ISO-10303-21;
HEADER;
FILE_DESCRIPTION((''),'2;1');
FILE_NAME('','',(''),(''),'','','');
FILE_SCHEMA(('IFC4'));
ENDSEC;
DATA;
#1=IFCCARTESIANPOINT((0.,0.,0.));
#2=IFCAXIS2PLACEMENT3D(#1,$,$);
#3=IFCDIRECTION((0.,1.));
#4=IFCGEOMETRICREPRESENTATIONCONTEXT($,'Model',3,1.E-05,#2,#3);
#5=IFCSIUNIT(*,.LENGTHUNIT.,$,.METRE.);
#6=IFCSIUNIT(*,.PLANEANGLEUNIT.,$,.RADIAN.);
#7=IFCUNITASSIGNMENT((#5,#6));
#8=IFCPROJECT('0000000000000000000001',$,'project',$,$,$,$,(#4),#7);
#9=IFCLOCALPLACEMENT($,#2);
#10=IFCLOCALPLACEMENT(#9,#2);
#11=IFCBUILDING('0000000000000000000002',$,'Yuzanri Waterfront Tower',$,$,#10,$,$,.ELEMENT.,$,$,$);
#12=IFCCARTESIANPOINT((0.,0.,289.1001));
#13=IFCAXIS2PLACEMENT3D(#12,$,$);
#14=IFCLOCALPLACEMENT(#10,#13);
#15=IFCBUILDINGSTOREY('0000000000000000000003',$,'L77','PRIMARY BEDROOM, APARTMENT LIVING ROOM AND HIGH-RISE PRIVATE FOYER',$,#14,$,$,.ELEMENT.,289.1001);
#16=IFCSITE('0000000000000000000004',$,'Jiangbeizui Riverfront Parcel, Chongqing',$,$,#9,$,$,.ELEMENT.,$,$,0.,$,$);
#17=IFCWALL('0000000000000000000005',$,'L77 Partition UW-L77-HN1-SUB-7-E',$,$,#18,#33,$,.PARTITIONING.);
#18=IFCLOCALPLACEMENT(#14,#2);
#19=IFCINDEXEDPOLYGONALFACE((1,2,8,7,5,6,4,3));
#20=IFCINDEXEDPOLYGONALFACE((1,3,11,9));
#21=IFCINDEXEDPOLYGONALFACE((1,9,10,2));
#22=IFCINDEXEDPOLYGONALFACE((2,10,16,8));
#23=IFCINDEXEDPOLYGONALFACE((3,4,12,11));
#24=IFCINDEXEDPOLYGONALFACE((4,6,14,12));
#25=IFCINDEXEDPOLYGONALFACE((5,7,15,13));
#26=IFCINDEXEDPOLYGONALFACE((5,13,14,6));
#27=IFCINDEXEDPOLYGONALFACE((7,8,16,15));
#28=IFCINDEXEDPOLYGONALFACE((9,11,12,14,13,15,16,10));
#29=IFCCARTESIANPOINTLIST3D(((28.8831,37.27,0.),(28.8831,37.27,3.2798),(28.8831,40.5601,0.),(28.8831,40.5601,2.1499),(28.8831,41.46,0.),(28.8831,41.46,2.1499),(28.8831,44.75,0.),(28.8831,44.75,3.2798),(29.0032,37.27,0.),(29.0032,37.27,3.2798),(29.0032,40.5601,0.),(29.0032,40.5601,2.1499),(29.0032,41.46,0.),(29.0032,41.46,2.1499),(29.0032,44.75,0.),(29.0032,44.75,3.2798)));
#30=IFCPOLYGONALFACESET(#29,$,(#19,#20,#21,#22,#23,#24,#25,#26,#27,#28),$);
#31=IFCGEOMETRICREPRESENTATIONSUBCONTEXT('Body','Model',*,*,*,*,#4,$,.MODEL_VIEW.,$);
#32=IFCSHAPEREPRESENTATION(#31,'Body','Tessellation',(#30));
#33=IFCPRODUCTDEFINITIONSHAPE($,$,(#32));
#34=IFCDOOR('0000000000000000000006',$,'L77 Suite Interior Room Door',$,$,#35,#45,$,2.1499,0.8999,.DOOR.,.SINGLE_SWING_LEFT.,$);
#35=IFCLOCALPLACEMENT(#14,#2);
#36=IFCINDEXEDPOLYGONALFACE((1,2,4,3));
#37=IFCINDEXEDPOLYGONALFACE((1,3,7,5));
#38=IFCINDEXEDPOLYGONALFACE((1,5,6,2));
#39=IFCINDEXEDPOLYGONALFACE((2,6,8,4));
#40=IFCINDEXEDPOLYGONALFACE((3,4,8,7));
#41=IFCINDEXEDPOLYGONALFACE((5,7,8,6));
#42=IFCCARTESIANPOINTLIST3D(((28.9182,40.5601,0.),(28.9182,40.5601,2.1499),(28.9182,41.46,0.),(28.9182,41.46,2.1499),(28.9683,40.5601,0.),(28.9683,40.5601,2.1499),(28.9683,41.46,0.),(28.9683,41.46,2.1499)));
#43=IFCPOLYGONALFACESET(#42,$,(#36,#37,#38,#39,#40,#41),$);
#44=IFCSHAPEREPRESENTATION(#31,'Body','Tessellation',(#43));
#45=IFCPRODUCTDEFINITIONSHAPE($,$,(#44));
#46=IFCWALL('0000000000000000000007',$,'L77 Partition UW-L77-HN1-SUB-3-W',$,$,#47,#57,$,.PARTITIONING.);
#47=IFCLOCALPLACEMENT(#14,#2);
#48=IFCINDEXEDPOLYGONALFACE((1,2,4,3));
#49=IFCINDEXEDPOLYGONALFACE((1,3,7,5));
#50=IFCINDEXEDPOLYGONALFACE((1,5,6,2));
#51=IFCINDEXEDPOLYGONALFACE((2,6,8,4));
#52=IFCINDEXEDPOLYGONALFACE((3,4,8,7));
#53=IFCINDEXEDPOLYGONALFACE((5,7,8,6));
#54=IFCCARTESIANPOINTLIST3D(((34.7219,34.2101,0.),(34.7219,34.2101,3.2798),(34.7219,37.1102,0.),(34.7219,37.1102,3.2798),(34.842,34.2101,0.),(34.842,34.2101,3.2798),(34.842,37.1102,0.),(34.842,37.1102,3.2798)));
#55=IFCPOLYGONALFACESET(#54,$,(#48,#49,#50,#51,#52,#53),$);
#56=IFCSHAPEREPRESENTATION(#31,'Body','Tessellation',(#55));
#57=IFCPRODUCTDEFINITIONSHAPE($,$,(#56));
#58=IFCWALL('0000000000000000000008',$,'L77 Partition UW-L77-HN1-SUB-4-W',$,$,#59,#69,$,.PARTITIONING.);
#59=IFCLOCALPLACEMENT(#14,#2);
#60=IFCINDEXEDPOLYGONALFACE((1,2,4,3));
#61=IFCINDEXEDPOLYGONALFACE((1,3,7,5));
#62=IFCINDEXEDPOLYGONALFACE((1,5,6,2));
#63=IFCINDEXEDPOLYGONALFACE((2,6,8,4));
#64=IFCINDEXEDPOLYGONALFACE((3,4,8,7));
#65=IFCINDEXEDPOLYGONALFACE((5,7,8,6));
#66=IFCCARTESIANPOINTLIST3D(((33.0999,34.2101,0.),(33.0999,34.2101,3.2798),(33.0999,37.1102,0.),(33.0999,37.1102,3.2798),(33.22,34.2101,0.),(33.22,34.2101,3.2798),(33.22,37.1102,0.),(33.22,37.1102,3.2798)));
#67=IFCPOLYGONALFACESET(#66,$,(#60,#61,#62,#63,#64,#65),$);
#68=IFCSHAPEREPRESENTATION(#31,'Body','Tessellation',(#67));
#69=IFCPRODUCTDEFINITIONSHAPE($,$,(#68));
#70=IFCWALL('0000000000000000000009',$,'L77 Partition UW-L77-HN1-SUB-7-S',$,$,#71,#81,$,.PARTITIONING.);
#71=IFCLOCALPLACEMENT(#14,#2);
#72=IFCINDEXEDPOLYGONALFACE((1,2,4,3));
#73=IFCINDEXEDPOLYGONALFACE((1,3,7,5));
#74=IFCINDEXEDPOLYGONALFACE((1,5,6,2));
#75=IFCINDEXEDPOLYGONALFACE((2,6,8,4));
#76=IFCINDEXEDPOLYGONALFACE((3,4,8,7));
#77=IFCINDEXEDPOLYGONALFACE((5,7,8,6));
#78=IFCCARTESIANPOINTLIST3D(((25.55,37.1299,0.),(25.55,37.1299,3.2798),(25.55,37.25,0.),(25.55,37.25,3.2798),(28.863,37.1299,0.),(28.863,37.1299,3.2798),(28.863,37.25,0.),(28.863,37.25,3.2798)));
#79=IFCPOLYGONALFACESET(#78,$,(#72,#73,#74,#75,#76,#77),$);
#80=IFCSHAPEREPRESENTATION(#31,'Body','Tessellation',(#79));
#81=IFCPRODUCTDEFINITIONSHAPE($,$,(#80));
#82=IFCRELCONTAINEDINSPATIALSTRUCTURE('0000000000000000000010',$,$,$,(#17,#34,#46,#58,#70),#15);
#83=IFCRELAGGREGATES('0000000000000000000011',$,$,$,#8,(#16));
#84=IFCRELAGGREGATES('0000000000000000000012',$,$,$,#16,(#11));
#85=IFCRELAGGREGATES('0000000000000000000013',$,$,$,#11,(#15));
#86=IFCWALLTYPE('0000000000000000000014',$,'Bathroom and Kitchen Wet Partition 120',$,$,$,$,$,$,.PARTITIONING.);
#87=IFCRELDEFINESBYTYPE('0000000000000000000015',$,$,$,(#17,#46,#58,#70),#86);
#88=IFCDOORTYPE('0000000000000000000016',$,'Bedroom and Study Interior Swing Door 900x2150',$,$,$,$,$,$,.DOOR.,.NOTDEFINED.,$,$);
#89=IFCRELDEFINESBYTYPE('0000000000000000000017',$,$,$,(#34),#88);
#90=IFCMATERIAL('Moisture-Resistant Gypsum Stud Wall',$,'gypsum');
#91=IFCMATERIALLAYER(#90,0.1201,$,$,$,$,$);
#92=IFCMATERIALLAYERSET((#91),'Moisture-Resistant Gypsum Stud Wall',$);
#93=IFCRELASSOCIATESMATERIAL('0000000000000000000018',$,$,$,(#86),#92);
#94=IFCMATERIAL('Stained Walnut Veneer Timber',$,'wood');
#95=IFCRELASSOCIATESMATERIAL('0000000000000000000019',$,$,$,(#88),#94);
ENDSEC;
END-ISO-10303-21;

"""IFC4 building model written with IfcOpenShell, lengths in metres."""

from ifc_helpers import new_model, si_unit, direction, frame, frame_2d, origin, place, context, subcontext, project, spatial, rectangle, extrude, source, transform, mapped, material, layer, layer_set, type_object, element, fill, save


model = new_model("IFC4")

# Units and contexts
model_context = context("Model", 3, precision=1e-05, world=origin(), true_north=direction((0.0, 1.0)))
body_context = subcontext(model_context, "Body", "Model", "MODEL_VIEW")
ifc_project = project(units=[si_unit("LENGTHUNIT", "METRE"), si_unit("PLANEANGLEUNIT", "RADIAN")], contexts=[model_context])

# Site, building, storey
site_placement = place(None, origin())
site = spatial("IfcSite", under=ifc_project, at=site_placement, Name="Jiangbeizui Riverfront Parcel, Chongqing", CompositionType="ELEMENT", RefElevation=0.0)
building_placement = place(site_placement, origin())
building = spatial("IfcBuilding", under=site, at=building_placement, Name="Yuzanri Waterfront Tower", CompositionType="ELEMENT")
storey_placement = place(building_placement, frame((0.0, 0.0, 289.1001)))
storey = spatial("IfcBuildingStorey", under=building, at=storey_placement, Name="L77", Description="PRIMARY BEDROOM, APARTMENT LIVING ROOM AND HIGH-RISE PRIVATE FOYER", CompositionType="ELEMENT", Elevation=289.1001)

# Shared definitions
ifc_material_1 = material(Name="Moisture-Resistant Gypsum Stud Wall", Category="gypsum")
ifc_layer_1 = layer(ifc_material_1, 0.1201)
ifc_layer_set_1 = layer_set([ifc_layer_1], Name="Moisture-Resistant Gypsum Stud Wall")
wall_type = type_object("IfcWallType", Name="Bathroom and Kitchen Wet Partition 120", PredefinedType="PARTITIONING", material=ifc_layer_set_1)
ifc_material_2 = material(Name="Stained Walnut Veneer Timber", Category="wood")
door_type_1 = type_object("IfcDoorType", Name="Bedroom and Study Interior Swing Door 900x2150", OperationType="NOTDEFINED", PredefinedType="DOOR", material=ifc_material_2)
shared_shape_1 = source(origin(), body_context, "Body", "SweptSolid", [
    extrude(rectangle(XDim=0.8999, YDim=2.1499, at=frame_2d((0.45, 1.075))), frame((0.0, 0.0249, 0.0), z_axis=(0.0, -1.0, 0.0), x_axis=(1.0, 0.0, 0.0)), (0.0, 0.0, 1.0), 0.05),
])

# Wall, opening, door
wall_1_placement = place(storey_placement, frame((28.9431, 37.27, 0.0), z_axis=(0.0, 0.0, 1.0), x_axis=(0.0, 1.0, 0.0)))
wall_1 = element("IfcWall", 1, at=wall_1_placement, inside=storey, type_object=wall_type, Name="L77 Partition UW-L77-HN1-SUB-7-E", PredefinedType="PARTITIONING", context=body_context, shape_type="SweptSolid", body=[
    extrude(rectangle(XDim=7.48, YDim=0.1201, at=frame_2d((3.74, 0.0))), origin(), (0.0, 0.0, 1.0), 3.2798),
])
opening_1_placement = place(wall_1_placement, frame((3.29, 0.0, 0.0)))
opening_1 = element("IfcOpeningElement", 2, at=opening_1_placement, cuts=wall_1, PredefinedType="OPENING", context=body_context, shape_type="SweptSolid", body=[
    extrude(rectangle(XDim=0.8999, YDim=2.1499, at=frame_2d((0.45, 1.075))), frame((0.0, 0.075, 0.0), z_axis=(0.0, -1.0, 0.0), x_axis=(1.0, 0.0, 0.0)), (0.0, 0.0, 1.0), 0.1499),
])
door_1_placement = place(opening_1_placement, origin())
door_1 = element("IfcDoor", 3, at=door_1_placement, inside=storey, type_object=door_type_1, Name="L77 Suite Interior Room Door", OperationType="SINGLE_SWING_LEFT", OverallHeight=2.1499, OverallWidth=0.8999, PredefinedType="DOOR", context=body_context, shape_type="MappedRepresentation", body=[
    mapped(shared_shape_1, transform((0.0, 0.0, 0.0), scale=1.0)),
])
fill(opening_1, door_1)

# Walls
shared_shape_2 = source(origin(), body_context, "Body", "SweptSolid", [
    extrude(rectangle(XDim=2.9001, YDim=0.1201, at=frame_2d((1.4502, 0.0))), origin(), (0.0, 0.0, 1.0), 3.2798),
])
for number, where, z_axis, x_axis, name in (
    (4, (34.782, 34.21, 0.0), (0.0, 0.0, 1.0), (0.0, 1.0, 0.0), "L77 Partition UW-L77-HN1-SUB-3-W"),
    (5, (33.1599, 34.21, 0.0), (0.0, 0.0, 1.0), (0.0, 1.0, 0.0), "L77 Partition UW-L77-HN1-SUB-4-W"),
):
    element("IfcWall", number, at=place(storey_placement, frame(where, z_axis=z_axis, x_axis=x_axis)), inside=storey, type_object=wall_type, Name=name, PredefinedType="PARTITIONING", context=body_context, shape_type="MappedRepresentation", body=[
        mapped(shared_shape_2, transform((0.0, 0.0, 0.0), scale=1.0)),
    ])
shared_shape_3 = source(origin(), body_context, "Body", "SweptSolid", [
    extrude(rectangle(XDim=3.313, YDim=0.1201, at=frame_2d((1.6565, 0.0))), origin(), (0.0, 0.0, 1.0), 3.2798),
])
wall_2_placement = place(storey_placement, frame((25.55, 37.1899, 0.0), z_axis=(0.0, 0.0, 1.0), x_axis=(1.0, 0.0, 0.0)))
element("IfcWall", 6, at=wall_2_placement, inside=storey, type_object=wall_type, Name="L77 Partition UW-L77-HN1-SUB-7-S", PredefinedType="PARTITIONING", context=body_context, shape_type="MappedRepresentation", body=[
    mapped(shared_shape_3, transform((0.0, 0.0, 0.0), scale=1.0)),
])

save(model, "model.ifc")
